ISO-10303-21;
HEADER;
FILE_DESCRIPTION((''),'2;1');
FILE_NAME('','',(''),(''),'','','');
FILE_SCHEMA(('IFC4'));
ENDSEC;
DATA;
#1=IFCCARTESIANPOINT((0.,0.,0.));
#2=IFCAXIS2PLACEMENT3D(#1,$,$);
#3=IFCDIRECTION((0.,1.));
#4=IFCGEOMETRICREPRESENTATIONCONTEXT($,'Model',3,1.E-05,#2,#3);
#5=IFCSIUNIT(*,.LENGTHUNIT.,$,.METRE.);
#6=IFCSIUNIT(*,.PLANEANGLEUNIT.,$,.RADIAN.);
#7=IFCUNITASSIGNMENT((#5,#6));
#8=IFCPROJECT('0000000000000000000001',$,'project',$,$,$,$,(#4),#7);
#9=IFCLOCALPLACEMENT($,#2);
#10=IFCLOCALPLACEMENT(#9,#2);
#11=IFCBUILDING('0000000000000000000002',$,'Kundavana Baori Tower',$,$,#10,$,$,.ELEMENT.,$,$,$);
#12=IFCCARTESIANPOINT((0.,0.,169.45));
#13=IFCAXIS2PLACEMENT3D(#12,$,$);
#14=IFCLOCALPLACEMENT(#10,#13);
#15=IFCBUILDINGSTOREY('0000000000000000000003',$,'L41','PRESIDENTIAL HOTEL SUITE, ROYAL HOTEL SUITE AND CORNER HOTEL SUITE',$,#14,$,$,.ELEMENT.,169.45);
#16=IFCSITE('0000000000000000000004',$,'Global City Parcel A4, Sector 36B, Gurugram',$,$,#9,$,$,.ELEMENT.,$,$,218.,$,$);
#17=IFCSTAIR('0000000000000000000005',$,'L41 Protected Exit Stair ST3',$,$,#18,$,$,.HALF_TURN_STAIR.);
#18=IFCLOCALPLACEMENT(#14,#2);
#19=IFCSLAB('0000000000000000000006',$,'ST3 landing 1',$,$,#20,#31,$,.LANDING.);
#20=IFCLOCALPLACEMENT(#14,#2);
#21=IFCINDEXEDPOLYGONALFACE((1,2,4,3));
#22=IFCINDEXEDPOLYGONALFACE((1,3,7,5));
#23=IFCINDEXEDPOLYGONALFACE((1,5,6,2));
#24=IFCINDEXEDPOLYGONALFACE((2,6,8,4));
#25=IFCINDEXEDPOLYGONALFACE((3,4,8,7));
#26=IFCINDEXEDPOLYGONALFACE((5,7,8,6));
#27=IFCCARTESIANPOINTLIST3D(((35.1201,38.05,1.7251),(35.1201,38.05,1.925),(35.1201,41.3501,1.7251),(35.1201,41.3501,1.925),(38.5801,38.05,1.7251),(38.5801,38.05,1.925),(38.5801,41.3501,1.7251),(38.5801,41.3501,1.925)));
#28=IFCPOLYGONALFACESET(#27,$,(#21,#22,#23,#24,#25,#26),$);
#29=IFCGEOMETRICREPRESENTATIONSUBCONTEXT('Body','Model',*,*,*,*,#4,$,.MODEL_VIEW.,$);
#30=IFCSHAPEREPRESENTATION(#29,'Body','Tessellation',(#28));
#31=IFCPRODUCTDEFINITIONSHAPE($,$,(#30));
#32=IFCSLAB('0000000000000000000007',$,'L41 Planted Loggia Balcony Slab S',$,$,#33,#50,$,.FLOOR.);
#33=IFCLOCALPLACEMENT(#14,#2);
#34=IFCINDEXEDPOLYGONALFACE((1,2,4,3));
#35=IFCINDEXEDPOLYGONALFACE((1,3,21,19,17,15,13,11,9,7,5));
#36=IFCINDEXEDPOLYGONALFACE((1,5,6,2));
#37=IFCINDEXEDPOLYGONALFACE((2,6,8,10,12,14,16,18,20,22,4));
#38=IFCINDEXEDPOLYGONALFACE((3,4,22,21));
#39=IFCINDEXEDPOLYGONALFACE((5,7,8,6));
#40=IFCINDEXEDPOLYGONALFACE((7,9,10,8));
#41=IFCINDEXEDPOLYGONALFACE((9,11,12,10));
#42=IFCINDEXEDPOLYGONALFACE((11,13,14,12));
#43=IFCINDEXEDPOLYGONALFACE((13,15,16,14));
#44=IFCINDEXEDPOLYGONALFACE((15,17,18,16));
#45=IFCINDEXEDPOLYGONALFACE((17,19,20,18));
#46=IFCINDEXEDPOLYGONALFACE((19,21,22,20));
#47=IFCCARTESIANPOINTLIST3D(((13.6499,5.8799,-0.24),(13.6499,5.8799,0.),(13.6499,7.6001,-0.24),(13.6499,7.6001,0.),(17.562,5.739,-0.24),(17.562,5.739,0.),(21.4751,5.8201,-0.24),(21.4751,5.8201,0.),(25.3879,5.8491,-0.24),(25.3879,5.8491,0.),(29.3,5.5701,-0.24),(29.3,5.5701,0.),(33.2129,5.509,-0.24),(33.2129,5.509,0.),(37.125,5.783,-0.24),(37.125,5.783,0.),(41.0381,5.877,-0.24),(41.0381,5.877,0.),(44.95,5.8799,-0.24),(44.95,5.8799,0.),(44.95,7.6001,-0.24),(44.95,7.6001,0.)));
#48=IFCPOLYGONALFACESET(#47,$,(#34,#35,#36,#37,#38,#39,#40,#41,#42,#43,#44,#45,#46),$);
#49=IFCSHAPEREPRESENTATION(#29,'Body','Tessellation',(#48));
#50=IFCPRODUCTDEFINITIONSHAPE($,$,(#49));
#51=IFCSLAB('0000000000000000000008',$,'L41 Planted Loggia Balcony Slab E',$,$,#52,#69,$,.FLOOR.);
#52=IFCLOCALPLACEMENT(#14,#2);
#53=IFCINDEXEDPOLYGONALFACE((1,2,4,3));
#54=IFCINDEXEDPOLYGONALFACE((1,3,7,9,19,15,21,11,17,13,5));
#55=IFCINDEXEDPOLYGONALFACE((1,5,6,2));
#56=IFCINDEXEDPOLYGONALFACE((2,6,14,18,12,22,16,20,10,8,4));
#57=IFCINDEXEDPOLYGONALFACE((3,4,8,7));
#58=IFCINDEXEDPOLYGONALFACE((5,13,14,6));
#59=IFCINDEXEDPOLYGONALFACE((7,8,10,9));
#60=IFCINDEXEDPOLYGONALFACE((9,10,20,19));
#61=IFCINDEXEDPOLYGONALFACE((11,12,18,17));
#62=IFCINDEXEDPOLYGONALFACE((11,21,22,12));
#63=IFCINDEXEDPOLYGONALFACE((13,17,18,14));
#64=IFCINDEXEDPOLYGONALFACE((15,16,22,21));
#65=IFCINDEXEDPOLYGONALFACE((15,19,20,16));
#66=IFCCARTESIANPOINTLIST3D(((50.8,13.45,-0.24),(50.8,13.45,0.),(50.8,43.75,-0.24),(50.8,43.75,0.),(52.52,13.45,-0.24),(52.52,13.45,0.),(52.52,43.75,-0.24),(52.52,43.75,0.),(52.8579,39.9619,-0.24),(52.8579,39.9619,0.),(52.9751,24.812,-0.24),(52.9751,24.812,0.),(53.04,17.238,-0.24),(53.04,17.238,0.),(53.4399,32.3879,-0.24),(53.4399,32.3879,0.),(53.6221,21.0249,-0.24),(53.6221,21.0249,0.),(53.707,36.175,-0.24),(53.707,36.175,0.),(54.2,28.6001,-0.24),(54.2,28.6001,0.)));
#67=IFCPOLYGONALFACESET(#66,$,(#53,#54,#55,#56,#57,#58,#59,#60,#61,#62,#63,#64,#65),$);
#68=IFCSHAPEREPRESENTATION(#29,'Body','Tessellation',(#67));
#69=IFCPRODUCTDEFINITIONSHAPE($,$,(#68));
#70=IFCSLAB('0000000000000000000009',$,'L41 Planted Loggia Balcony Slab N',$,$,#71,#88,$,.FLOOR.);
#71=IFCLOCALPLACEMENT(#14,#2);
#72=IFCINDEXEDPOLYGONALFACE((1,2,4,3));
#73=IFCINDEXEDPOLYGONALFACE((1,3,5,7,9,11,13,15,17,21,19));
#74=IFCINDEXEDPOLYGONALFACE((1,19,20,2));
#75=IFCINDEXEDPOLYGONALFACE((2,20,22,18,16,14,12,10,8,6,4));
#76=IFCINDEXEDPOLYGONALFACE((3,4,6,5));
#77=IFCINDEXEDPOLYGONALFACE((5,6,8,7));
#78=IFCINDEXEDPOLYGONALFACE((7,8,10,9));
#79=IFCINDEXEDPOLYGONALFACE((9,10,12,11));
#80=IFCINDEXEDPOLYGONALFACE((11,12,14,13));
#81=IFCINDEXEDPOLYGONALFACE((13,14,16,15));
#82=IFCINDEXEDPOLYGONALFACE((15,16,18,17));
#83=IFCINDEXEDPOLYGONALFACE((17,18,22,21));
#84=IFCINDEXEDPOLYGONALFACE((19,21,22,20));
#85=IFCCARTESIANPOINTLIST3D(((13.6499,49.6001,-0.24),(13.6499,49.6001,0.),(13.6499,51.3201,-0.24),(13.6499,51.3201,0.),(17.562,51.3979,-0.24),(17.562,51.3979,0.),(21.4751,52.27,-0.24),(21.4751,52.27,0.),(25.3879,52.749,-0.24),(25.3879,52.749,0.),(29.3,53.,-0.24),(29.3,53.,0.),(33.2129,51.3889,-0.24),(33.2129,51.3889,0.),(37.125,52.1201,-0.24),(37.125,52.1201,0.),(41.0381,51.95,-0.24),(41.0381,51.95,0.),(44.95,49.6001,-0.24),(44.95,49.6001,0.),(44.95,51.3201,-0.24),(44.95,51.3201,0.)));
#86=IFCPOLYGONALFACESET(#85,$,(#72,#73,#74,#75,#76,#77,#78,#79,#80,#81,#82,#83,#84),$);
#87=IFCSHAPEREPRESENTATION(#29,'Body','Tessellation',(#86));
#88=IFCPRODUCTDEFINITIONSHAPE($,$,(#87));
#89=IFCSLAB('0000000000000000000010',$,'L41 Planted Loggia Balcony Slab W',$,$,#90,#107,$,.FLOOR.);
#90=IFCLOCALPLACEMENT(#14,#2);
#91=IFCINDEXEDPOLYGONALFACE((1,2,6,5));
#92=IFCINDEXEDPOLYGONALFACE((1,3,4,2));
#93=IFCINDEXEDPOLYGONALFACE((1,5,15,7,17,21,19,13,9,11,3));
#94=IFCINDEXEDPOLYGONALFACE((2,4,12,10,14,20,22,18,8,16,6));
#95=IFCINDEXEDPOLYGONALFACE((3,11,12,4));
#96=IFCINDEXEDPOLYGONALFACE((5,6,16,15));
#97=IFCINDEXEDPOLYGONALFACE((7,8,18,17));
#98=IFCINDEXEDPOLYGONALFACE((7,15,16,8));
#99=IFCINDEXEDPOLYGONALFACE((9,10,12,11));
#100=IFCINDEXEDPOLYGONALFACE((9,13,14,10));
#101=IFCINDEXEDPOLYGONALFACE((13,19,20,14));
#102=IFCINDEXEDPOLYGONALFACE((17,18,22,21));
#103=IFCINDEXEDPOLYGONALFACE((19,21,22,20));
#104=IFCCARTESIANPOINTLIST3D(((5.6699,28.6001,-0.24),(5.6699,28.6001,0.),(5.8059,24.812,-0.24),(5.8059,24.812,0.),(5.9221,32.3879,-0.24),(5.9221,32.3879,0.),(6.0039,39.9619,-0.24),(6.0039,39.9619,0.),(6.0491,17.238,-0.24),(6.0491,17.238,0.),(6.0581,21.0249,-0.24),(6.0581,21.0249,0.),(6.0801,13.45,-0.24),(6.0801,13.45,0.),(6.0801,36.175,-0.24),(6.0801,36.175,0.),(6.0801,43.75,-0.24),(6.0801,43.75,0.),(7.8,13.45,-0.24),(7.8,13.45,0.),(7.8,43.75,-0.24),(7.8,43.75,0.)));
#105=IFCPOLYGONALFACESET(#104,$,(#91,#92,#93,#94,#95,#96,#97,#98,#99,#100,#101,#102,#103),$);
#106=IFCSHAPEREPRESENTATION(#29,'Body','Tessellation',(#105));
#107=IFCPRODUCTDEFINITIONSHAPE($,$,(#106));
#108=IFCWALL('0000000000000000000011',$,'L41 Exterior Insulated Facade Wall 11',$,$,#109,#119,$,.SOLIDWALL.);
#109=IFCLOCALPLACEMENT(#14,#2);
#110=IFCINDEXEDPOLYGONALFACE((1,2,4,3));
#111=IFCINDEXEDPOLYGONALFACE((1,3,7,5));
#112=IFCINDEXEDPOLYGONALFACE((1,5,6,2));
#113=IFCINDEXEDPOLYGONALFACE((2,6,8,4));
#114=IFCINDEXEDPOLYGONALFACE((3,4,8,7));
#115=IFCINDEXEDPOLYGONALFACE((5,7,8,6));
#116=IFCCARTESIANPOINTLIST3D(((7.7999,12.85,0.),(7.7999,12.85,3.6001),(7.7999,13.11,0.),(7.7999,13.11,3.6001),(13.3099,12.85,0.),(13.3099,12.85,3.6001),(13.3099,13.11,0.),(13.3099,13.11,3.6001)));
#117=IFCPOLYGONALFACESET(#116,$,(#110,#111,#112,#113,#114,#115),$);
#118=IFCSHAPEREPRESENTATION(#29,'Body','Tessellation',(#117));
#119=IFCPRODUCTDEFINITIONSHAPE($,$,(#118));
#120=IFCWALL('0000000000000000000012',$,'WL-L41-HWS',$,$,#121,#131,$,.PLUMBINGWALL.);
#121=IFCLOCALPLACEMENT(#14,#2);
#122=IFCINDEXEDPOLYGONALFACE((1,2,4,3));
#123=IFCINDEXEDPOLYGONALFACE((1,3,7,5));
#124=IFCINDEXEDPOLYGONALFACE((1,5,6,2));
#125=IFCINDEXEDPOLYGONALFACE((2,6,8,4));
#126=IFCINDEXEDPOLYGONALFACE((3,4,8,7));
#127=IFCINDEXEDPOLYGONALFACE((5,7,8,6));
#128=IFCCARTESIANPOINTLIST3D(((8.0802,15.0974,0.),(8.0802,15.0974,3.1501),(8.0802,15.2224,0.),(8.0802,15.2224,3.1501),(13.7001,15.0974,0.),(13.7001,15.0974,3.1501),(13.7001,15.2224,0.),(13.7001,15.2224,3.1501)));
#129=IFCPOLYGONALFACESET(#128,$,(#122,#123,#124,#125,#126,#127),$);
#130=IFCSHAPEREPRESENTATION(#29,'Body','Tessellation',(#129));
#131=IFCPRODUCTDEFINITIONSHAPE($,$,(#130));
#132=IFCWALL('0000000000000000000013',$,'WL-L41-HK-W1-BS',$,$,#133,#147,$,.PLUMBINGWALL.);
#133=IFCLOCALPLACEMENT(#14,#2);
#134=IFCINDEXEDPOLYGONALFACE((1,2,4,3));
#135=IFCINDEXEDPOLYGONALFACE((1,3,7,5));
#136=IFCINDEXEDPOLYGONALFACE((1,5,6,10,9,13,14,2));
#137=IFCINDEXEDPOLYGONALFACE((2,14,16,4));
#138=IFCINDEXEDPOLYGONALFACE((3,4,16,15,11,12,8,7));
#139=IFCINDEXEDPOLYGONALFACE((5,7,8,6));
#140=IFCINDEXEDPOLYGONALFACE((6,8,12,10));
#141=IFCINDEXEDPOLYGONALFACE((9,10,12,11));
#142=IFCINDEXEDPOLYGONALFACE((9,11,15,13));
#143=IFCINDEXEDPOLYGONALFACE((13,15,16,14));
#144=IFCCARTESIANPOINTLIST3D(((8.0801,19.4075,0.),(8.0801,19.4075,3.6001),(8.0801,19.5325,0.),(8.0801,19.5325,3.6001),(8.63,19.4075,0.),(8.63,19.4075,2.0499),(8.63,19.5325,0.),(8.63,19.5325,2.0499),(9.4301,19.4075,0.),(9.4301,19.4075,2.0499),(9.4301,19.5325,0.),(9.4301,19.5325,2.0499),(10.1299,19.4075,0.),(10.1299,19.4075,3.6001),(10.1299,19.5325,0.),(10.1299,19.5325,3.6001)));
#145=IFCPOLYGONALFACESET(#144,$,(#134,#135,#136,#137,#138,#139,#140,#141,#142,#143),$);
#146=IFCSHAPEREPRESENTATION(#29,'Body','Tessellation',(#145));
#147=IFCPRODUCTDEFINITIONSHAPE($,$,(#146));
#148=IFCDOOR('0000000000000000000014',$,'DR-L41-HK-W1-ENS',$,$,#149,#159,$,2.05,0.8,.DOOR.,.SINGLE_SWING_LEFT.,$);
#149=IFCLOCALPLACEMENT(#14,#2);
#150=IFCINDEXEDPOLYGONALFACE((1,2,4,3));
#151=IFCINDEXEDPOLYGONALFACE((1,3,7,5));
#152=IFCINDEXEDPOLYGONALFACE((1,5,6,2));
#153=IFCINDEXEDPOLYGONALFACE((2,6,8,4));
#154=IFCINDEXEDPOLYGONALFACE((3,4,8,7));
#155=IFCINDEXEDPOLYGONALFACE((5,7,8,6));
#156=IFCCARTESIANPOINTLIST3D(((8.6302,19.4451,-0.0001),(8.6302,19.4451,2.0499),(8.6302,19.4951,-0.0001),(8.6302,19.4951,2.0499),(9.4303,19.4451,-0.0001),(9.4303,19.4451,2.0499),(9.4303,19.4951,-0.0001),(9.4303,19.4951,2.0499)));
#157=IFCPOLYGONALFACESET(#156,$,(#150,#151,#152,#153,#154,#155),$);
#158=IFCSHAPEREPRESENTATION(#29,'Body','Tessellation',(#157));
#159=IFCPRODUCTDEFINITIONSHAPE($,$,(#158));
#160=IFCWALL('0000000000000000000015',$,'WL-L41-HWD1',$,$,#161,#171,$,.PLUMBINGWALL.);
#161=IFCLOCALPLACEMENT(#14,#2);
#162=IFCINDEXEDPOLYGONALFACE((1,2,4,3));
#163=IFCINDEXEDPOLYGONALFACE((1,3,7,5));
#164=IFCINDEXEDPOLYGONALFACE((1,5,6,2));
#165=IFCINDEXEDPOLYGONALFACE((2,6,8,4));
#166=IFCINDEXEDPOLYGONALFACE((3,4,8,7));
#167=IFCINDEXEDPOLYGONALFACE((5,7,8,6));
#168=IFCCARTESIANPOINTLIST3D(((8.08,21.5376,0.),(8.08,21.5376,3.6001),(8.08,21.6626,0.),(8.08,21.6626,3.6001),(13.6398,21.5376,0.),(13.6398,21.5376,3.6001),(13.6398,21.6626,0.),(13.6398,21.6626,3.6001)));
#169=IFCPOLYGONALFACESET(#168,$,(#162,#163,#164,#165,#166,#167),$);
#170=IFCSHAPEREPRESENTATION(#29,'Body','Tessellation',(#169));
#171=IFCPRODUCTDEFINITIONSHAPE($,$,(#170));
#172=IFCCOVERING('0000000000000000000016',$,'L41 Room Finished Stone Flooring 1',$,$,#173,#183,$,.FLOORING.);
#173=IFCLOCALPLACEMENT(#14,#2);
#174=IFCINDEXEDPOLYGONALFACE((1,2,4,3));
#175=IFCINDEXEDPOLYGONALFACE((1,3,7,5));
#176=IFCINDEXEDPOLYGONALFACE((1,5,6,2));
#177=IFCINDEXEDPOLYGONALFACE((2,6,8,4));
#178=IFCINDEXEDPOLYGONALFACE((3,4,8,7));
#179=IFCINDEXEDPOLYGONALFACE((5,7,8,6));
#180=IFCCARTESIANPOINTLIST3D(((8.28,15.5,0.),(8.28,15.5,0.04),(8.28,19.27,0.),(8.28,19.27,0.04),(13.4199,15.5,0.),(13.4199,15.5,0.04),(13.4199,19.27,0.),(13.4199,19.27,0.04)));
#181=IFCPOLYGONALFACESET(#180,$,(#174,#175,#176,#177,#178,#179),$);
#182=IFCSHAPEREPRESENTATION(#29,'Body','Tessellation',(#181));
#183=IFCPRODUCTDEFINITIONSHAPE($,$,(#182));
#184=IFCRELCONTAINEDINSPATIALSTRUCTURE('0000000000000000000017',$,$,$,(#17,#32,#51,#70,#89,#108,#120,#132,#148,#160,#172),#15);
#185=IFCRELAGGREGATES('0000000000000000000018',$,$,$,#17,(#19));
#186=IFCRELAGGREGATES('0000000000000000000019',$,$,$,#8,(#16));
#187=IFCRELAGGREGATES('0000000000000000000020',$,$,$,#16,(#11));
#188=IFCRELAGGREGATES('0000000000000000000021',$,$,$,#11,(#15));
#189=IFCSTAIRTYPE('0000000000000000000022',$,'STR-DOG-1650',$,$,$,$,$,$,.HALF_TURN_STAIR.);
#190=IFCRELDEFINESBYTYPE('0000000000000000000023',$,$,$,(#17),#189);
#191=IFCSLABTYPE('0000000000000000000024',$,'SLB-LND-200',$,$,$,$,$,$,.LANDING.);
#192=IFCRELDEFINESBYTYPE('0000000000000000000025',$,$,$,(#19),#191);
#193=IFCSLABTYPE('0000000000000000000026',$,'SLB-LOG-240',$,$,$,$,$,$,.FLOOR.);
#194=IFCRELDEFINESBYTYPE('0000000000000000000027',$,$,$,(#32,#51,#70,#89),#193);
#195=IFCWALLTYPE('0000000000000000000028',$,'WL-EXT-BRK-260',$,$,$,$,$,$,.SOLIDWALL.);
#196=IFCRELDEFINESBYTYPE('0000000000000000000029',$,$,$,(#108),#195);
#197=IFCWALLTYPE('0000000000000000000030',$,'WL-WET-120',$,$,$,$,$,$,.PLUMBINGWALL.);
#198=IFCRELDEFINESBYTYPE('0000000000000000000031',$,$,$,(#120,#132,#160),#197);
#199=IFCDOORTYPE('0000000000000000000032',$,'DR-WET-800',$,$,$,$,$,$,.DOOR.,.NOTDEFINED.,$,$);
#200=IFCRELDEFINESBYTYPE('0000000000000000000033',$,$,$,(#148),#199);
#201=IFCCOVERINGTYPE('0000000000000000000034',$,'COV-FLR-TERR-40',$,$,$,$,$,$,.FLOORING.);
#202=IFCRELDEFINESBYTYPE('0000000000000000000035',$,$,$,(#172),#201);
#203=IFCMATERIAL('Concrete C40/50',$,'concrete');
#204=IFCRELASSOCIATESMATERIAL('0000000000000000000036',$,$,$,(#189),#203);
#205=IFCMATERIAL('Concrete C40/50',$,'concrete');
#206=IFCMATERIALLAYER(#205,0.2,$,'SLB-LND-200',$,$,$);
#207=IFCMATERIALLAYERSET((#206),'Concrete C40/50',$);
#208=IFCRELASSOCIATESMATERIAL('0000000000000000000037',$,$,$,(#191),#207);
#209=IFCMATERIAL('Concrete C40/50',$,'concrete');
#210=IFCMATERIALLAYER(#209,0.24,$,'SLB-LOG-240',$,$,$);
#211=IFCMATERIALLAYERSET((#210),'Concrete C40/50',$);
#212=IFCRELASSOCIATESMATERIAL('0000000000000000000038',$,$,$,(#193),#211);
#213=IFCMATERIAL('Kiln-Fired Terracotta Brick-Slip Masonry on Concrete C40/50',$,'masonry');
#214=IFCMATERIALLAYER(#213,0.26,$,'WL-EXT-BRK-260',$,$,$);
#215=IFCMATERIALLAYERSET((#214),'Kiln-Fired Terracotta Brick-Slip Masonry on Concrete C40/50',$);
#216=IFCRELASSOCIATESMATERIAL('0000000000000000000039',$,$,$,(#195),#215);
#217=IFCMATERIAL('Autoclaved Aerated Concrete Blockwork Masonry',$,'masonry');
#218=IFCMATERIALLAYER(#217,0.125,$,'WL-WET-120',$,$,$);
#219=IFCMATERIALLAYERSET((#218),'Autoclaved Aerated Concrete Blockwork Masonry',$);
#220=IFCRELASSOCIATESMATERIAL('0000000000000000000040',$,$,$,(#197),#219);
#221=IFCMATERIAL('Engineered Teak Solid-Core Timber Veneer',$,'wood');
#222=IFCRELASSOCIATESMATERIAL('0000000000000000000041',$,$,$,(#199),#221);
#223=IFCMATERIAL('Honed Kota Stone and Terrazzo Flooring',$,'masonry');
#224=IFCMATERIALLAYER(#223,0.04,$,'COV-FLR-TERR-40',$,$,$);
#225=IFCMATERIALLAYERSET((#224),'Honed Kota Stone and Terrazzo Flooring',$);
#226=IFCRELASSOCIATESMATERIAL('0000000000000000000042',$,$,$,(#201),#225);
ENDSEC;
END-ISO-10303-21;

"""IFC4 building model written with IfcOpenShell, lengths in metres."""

from ifc_helpers import new_model, si_unit, direction, frame, frame_2d, origin, place, context, subcontext, project, spatial, polyline, rectangle, outline, extrude, material, layer, layer_set, type_object, element, fill, aggregate, save


model = new_model("IFC4")

# Units and contexts
model_context = context("Model", 3, precision=1e-05, world=origin(), true_north=direction((0.0, 1.0)))
body_context = subcontext(model_context, "Body", "Model", "MODEL_VIEW")
ifc_project = project(units=[si_unit("LENGTHUNIT", "METRE"), si_unit("PLANEANGLEUNIT", "RADIAN")], contexts=[model_context])

# Site, building, storey
site_placement = place(None, origin())
site = spatial("IfcSite", under=ifc_project, at=site_placement, Name="Global City Parcel A4, Sector 36B, Gurugram", CompositionType="ELEMENT", RefElevation=218.0)
building_placement = place(site_placement, origin())
building = spatial("IfcBuilding", under=site, at=building_placement, Name="Kundavana Baori Tower", CompositionType="ELEMENT")
storey_placement = place(building_placement, frame((0.0, 0.0, 169.45)))
storey = spatial("IfcBuildingStorey", under=building, at=storey_placement, Name="L41", Description="PRESIDENTIAL HOTEL SUITE, ROYAL HOTEL SUITE AND CORNER HOTEL SUITE", CompositionType="ELEMENT", Elevation=169.45)

# Stair, slab
ifc_material_1 = material(Name="Concrete C40/50", Category="concrete")
stair_type = type_object("IfcStairType", Name="STR-DOG-1650", PredefinedType="HALF_TURN_STAIR", material=ifc_material_1)
ifc_material_2 = material(Name="Concrete C40/50", Category="concrete")
ifc_layer_1 = layer(ifc_material_2, 0.2, Name="SLB-LND-200")
ifc_layer_set_1 = layer_set([ifc_layer_1], Name="Concrete C40/50")
slab_type_1 = type_object("IfcSlabType", Name="SLB-LND-200", PredefinedType="LANDING", material=ifc_layer_set_1)
stair_1_placement = place(storey_placement, origin())
stair_1 = element("IfcStair", 1, at=stair_1_placement, inside=storey, type_object=stair_type, Name="L41 Protected Exit Stair ST3", PredefinedType="HALF_TURN_STAIR")
slab_1_placement = place(storey_placement, frame((0.0, 0.0, 1.7251)))
slab_1 = element("IfcSlab", 2, at=slab_1_placement, type_object=slab_type_1, Name="ST3 landing 1", PredefinedType="LANDING", context=body_context, shape_type="SweptSolid", body=[
    extrude(outline(polyline([(38.5801, 38.05), (38.5801, 41.3501), (35.1201, 41.3501), (35.1201, 38.05), (38.5801, 38.05)])), origin(), (0.0, 0.0, 1.0), 0.2),
])
aggregate(stair_1, [slab_1])

# Slabs
ifc_material_3 = material(Name="Concrete C40/50", Category="concrete")
ifc_layer_2 = layer(ifc_material_3, 0.24, Name="SLB-LOG-240")
ifc_layer_set_2 = layer_set([ifc_layer_2], Name="Concrete C40/50")
slab_type_2 = type_object("IfcSlabType", Name="SLB-LOG-240", PredefinedType="FLOOR", material=ifc_layer_set_2)
slab_2_placement = place(storey_placement, frame((0.0, 0.0, -0.24)))
element("IfcSlab", 3, at=slab_2_placement, inside=storey, type_object=slab_type_2, Name="L41 Planted Loggia Balcony Slab S", PredefinedType="FLOOR", context=body_context, shape_type="SweptSolid", body=[
    extrude(outline(polyline([(13.6499, 7.6001), (44.95, 7.6001), (44.95, 5.8799), (41.0381, 5.877), (37.125, 5.783), (33.2129, 5.509), (29.3, 5.5701), (25.3879, 5.8491), (21.4751, 5.8201), (17.562, 5.739), (13.6499, 5.8799), (13.6499, 7.6001)])), origin(), (0.0, 0.0, 1.0), 0.24),
])
slab_3_placement = place(storey_placement, frame((0.0, 0.0, -0.24)))
element("IfcSlab", 4, at=slab_3_placement, inside=storey, type_object=slab_type_2, Name="L41 Planted Loggia Balcony Slab E", PredefinedType="FLOOR", context=body_context, shape_type="SweptSolid", body=[
    extrude(outline(polyline([(50.8, 13.45), (50.8, 43.75), (52.52, 43.75), (52.8579, 39.9619), (53.707, 36.175), (53.4399, 32.3879), (54.2, 28.6001), (52.9751, 24.812), (53.6221, 21.0249), (53.04, 17.238), (52.52, 13.45), (50.8, 13.45)])), origin(), (0.0, 0.0, 1.0), 0.24),
])
slab_4_placement = place(storey_placement, frame((0.0, 0.0, -0.24)))
element("IfcSlab", 5, at=slab_4_placement, inside=storey, type_object=slab_type_2, Name="L41 Planted Loggia Balcony Slab N", PredefinedType="FLOOR", context=body_context, shape_type="SweptSolid", body=[
    extrude(outline(polyline([(44.95, 49.6001), (13.6499, 49.6001), (13.6499, 51.3201), (17.562, 51.3979), (21.4751, 52.27), (25.3879, 52.749), (29.3, 53.0), (33.2129, 51.3889), (37.125, 52.1201), (41.0381, 51.95), (44.95, 51.3201), (44.95, 49.6001)])), origin(), (0.0, 0.0, 1.0), 0.24),
])
slab_5_placement = place(storey_placement, frame((0.0, 0.0, -0.24)))
element("IfcSlab", 6, at=slab_5_placement, inside=storey, type_object=slab_type_2, Name="L41 Planted Loggia Balcony Slab W", PredefinedType="FLOOR", context=body_context, shape_type="SweptSolid", body=[
    extrude(outline(polyline([(7.8, 43.75), (7.8, 13.45), (6.0801, 13.45), (6.0491, 17.238), (6.0581, 21.0249), (5.8059, 24.812), (5.6699, 28.6001), (5.9221, 32.3879), (6.0801, 36.175), (6.0039, 39.9619), (6.0801, 43.75), (7.8, 43.75)])), origin(), (0.0, 0.0, 1.0), 0.24),
])

# Walls
ifc_material_4 = material(Name="Kiln-Fired Terracotta Brick-Slip Masonry on Concrete C40/50", Category="masonry")
ifc_layer_3 = layer(ifc_material_4, 0.26, Name="WL-EXT-BRK-260")
ifc_layer_set_3 = layer_set([ifc_layer_3], Name="Kiln-Fired Terracotta Brick-Slip Masonry on Concrete C40/50")
wall_type_1 = type_object("IfcWallType", Name="WL-EXT-BRK-260", PredefinedType="SOLIDWALL", material=ifc_layer_set_3)
wall_1_placement = place(storey_placement, frame((7.8, 12.98, 0.0), z_axis=(0.0, 0.0, 1.0), x_axis=(1.0, 0.0, 0.0)))
element("IfcWall", 7, at=wall_1_placement, inside=storey, type_object=wall_type_1, Name="L41 Exterior Insulated Facade Wall 11", PredefinedType="SOLIDWALL", context=body_context, shape_type="SweptSolid", body=[
    extrude(rectangle(XDim=5.51, YDim=0.26, at=frame_2d((2.7549, 0.0))), origin(), (0.0, 0.0, 1.0), 3.6001),
])
ifc_material_5 = material(Name="Autoclaved Aerated Concrete Blockwork Masonry", Category="masonry")
ifc_layer_4 = layer(ifc_material_5, 0.125, Name="WL-WET-120")
ifc_layer_set_4 = layer_set([ifc_layer_4], Name="Autoclaved Aerated Concrete Blockwork Masonry")
wall_type_2 = type_object("IfcWallType", Name="WL-WET-120", PredefinedType="PLUMBINGWALL", material=ifc_layer_set_4)
wall_2_placement = place(storey_placement, frame((8.0801, 15.1599, 0.0), z_axis=(0.0, 0.0, 1.0), x_axis=(1.0, 0.0, 0.0)))
element("IfcWall", 8, at=wall_2_placement, inside=storey, type_object=wall_type_2, Name="WL-L41-HWS", PredefinedType="PLUMBINGWALL", context=body_context, shape_type="SweptSolid", body=[
    extrude(rectangle(XDim=5.6199, YDim=0.125, at=frame_2d((2.8101, 0.0))), origin(), (0.0, 0.0, 1.0), 3.1501),
])

# Wall, opening, door
wall_3_placement = place(storey_placement, frame((8.0801, 19.47, 0.0), z_axis=(0.0, 0.0, 1.0), x_axis=(1.0, 0.0, 0.0)))
wall_3 = element("IfcWall", 9, at=wall_3_placement, inside=storey, type_object=wall_type_2, Name="WL-L41-HK-W1-BS", PredefinedType="PLUMBINGWALL", context=body_context, shape_type="SweptSolid", body=[
    extrude(rectangle(XDim=2.0498, YDim=0.125, at=frame_2d((1.0249, 0.0))), origin(), (0.0, 0.0, 1.0), 3.6001),
])
opening_placement = place(wall_3_placement, frame((0.55, 0.0, 0.0)))
opening = element("IfcOpeningElement", 10, at=opening_placement, cuts=wall_3, PredefinedType="OPENING", context=body_context, shape_type="SweptSolid", body=[
    extrude(rectangle(XDim=0.8, YDim=2.05, at=frame_2d((0.3999, 1.0249))), frame((0.0, 0.0725, 0.0), z_axis=(0.0, -1.0, 0.0), x_axis=(1.0, 0.0, 0.0)), (0.0, 0.0, 1.0), 0.145),
])
ifc_material_6 = material(Name="Engineered Teak Solid-Core Timber Veneer", Category="wood")
door_type = type_object("IfcDoorType", Name="DR-WET-800", OperationType="NOTDEFINED", PredefinedType="DOOR", material=ifc_material_6)
door_placement = place(opening_placement, frame((0.8, 0.0, 0.0), z_axis=(0.0, 0.0, 1.0), x_axis=(-1.0, 0.0, 0.0)))
door = element("IfcDoor", 11, at=door_placement, inside=storey, type_object=door_type, Name="DR-L41-HK-W1-ENS", OperationType="SINGLE_SWING_LEFT", OverallHeight=2.05, OverallWidth=0.8, PredefinedType="DOOR", context=body_context, shape_type="SweptSolid", body=[
    extrude(rectangle(XDim=0.8, YDim=2.05, at=frame_2d((0.3999, 1.0249))), frame((0.0, 0.0249, 0.0), z_axis=(0.0, -1.0, 0.0), x_axis=(1.0, 0.0, 0.0)), (0.0, 0.0, 1.0), 0.05),
])
fill(opening, door)

# Wall
wall_4_placement = place(storey_placement, frame((8.0801, 21.6001, 0.0), z_axis=(0.0, 0.0, 1.0), x_axis=(1.0, 0.0, 0.0)))
element("IfcWall", 12, at=wall_4_placement, inside=storey, type_object=wall_type_2, Name="WL-L41-HWD1", PredefinedType="PLUMBINGWALL", context=body_context, shape_type="SweptSolid", body=[
    extrude(rectangle(XDim=5.5598, YDim=0.125, at=frame_2d((2.7798, 0.0))), origin(), (0.0, 0.0, 1.0), 3.6001),
])

# Covering
ifc_material_7 = material(Name="Honed Kota Stone and Terrazzo Flooring", Category="masonry")
ifc_layer_5 = layer(ifc_material_7, 0.04, Name="COV-FLR-TERR-40")
ifc_layer_set_5 = layer_set([ifc_layer_5], Name="Honed Kota Stone and Terrazzo Flooring")
covering_type = type_object("IfcCoveringType", Name="COV-FLR-TERR-40", PredefinedType="FLOORING", material=ifc_layer_set_5)
covering_1_placement = place(storey_placement, origin())
element("IfcCovering", 13, at=covering_1_placement, inside=storey, type_object=covering_type, Name="L41 Room Finished Stone Flooring 1", PredefinedType="FLOORING", context=body_context, shape_type="SweptSolid", body=[
    extrude(outline(polyline([(8.28, 15.5), (13.4199, 15.5), (13.4199, 19.27), (8.28, 19.27), (8.28, 15.5)])), origin(), (0.0, 0.0, 1.0), 0.04),
])

save(model, "model.ifc")
